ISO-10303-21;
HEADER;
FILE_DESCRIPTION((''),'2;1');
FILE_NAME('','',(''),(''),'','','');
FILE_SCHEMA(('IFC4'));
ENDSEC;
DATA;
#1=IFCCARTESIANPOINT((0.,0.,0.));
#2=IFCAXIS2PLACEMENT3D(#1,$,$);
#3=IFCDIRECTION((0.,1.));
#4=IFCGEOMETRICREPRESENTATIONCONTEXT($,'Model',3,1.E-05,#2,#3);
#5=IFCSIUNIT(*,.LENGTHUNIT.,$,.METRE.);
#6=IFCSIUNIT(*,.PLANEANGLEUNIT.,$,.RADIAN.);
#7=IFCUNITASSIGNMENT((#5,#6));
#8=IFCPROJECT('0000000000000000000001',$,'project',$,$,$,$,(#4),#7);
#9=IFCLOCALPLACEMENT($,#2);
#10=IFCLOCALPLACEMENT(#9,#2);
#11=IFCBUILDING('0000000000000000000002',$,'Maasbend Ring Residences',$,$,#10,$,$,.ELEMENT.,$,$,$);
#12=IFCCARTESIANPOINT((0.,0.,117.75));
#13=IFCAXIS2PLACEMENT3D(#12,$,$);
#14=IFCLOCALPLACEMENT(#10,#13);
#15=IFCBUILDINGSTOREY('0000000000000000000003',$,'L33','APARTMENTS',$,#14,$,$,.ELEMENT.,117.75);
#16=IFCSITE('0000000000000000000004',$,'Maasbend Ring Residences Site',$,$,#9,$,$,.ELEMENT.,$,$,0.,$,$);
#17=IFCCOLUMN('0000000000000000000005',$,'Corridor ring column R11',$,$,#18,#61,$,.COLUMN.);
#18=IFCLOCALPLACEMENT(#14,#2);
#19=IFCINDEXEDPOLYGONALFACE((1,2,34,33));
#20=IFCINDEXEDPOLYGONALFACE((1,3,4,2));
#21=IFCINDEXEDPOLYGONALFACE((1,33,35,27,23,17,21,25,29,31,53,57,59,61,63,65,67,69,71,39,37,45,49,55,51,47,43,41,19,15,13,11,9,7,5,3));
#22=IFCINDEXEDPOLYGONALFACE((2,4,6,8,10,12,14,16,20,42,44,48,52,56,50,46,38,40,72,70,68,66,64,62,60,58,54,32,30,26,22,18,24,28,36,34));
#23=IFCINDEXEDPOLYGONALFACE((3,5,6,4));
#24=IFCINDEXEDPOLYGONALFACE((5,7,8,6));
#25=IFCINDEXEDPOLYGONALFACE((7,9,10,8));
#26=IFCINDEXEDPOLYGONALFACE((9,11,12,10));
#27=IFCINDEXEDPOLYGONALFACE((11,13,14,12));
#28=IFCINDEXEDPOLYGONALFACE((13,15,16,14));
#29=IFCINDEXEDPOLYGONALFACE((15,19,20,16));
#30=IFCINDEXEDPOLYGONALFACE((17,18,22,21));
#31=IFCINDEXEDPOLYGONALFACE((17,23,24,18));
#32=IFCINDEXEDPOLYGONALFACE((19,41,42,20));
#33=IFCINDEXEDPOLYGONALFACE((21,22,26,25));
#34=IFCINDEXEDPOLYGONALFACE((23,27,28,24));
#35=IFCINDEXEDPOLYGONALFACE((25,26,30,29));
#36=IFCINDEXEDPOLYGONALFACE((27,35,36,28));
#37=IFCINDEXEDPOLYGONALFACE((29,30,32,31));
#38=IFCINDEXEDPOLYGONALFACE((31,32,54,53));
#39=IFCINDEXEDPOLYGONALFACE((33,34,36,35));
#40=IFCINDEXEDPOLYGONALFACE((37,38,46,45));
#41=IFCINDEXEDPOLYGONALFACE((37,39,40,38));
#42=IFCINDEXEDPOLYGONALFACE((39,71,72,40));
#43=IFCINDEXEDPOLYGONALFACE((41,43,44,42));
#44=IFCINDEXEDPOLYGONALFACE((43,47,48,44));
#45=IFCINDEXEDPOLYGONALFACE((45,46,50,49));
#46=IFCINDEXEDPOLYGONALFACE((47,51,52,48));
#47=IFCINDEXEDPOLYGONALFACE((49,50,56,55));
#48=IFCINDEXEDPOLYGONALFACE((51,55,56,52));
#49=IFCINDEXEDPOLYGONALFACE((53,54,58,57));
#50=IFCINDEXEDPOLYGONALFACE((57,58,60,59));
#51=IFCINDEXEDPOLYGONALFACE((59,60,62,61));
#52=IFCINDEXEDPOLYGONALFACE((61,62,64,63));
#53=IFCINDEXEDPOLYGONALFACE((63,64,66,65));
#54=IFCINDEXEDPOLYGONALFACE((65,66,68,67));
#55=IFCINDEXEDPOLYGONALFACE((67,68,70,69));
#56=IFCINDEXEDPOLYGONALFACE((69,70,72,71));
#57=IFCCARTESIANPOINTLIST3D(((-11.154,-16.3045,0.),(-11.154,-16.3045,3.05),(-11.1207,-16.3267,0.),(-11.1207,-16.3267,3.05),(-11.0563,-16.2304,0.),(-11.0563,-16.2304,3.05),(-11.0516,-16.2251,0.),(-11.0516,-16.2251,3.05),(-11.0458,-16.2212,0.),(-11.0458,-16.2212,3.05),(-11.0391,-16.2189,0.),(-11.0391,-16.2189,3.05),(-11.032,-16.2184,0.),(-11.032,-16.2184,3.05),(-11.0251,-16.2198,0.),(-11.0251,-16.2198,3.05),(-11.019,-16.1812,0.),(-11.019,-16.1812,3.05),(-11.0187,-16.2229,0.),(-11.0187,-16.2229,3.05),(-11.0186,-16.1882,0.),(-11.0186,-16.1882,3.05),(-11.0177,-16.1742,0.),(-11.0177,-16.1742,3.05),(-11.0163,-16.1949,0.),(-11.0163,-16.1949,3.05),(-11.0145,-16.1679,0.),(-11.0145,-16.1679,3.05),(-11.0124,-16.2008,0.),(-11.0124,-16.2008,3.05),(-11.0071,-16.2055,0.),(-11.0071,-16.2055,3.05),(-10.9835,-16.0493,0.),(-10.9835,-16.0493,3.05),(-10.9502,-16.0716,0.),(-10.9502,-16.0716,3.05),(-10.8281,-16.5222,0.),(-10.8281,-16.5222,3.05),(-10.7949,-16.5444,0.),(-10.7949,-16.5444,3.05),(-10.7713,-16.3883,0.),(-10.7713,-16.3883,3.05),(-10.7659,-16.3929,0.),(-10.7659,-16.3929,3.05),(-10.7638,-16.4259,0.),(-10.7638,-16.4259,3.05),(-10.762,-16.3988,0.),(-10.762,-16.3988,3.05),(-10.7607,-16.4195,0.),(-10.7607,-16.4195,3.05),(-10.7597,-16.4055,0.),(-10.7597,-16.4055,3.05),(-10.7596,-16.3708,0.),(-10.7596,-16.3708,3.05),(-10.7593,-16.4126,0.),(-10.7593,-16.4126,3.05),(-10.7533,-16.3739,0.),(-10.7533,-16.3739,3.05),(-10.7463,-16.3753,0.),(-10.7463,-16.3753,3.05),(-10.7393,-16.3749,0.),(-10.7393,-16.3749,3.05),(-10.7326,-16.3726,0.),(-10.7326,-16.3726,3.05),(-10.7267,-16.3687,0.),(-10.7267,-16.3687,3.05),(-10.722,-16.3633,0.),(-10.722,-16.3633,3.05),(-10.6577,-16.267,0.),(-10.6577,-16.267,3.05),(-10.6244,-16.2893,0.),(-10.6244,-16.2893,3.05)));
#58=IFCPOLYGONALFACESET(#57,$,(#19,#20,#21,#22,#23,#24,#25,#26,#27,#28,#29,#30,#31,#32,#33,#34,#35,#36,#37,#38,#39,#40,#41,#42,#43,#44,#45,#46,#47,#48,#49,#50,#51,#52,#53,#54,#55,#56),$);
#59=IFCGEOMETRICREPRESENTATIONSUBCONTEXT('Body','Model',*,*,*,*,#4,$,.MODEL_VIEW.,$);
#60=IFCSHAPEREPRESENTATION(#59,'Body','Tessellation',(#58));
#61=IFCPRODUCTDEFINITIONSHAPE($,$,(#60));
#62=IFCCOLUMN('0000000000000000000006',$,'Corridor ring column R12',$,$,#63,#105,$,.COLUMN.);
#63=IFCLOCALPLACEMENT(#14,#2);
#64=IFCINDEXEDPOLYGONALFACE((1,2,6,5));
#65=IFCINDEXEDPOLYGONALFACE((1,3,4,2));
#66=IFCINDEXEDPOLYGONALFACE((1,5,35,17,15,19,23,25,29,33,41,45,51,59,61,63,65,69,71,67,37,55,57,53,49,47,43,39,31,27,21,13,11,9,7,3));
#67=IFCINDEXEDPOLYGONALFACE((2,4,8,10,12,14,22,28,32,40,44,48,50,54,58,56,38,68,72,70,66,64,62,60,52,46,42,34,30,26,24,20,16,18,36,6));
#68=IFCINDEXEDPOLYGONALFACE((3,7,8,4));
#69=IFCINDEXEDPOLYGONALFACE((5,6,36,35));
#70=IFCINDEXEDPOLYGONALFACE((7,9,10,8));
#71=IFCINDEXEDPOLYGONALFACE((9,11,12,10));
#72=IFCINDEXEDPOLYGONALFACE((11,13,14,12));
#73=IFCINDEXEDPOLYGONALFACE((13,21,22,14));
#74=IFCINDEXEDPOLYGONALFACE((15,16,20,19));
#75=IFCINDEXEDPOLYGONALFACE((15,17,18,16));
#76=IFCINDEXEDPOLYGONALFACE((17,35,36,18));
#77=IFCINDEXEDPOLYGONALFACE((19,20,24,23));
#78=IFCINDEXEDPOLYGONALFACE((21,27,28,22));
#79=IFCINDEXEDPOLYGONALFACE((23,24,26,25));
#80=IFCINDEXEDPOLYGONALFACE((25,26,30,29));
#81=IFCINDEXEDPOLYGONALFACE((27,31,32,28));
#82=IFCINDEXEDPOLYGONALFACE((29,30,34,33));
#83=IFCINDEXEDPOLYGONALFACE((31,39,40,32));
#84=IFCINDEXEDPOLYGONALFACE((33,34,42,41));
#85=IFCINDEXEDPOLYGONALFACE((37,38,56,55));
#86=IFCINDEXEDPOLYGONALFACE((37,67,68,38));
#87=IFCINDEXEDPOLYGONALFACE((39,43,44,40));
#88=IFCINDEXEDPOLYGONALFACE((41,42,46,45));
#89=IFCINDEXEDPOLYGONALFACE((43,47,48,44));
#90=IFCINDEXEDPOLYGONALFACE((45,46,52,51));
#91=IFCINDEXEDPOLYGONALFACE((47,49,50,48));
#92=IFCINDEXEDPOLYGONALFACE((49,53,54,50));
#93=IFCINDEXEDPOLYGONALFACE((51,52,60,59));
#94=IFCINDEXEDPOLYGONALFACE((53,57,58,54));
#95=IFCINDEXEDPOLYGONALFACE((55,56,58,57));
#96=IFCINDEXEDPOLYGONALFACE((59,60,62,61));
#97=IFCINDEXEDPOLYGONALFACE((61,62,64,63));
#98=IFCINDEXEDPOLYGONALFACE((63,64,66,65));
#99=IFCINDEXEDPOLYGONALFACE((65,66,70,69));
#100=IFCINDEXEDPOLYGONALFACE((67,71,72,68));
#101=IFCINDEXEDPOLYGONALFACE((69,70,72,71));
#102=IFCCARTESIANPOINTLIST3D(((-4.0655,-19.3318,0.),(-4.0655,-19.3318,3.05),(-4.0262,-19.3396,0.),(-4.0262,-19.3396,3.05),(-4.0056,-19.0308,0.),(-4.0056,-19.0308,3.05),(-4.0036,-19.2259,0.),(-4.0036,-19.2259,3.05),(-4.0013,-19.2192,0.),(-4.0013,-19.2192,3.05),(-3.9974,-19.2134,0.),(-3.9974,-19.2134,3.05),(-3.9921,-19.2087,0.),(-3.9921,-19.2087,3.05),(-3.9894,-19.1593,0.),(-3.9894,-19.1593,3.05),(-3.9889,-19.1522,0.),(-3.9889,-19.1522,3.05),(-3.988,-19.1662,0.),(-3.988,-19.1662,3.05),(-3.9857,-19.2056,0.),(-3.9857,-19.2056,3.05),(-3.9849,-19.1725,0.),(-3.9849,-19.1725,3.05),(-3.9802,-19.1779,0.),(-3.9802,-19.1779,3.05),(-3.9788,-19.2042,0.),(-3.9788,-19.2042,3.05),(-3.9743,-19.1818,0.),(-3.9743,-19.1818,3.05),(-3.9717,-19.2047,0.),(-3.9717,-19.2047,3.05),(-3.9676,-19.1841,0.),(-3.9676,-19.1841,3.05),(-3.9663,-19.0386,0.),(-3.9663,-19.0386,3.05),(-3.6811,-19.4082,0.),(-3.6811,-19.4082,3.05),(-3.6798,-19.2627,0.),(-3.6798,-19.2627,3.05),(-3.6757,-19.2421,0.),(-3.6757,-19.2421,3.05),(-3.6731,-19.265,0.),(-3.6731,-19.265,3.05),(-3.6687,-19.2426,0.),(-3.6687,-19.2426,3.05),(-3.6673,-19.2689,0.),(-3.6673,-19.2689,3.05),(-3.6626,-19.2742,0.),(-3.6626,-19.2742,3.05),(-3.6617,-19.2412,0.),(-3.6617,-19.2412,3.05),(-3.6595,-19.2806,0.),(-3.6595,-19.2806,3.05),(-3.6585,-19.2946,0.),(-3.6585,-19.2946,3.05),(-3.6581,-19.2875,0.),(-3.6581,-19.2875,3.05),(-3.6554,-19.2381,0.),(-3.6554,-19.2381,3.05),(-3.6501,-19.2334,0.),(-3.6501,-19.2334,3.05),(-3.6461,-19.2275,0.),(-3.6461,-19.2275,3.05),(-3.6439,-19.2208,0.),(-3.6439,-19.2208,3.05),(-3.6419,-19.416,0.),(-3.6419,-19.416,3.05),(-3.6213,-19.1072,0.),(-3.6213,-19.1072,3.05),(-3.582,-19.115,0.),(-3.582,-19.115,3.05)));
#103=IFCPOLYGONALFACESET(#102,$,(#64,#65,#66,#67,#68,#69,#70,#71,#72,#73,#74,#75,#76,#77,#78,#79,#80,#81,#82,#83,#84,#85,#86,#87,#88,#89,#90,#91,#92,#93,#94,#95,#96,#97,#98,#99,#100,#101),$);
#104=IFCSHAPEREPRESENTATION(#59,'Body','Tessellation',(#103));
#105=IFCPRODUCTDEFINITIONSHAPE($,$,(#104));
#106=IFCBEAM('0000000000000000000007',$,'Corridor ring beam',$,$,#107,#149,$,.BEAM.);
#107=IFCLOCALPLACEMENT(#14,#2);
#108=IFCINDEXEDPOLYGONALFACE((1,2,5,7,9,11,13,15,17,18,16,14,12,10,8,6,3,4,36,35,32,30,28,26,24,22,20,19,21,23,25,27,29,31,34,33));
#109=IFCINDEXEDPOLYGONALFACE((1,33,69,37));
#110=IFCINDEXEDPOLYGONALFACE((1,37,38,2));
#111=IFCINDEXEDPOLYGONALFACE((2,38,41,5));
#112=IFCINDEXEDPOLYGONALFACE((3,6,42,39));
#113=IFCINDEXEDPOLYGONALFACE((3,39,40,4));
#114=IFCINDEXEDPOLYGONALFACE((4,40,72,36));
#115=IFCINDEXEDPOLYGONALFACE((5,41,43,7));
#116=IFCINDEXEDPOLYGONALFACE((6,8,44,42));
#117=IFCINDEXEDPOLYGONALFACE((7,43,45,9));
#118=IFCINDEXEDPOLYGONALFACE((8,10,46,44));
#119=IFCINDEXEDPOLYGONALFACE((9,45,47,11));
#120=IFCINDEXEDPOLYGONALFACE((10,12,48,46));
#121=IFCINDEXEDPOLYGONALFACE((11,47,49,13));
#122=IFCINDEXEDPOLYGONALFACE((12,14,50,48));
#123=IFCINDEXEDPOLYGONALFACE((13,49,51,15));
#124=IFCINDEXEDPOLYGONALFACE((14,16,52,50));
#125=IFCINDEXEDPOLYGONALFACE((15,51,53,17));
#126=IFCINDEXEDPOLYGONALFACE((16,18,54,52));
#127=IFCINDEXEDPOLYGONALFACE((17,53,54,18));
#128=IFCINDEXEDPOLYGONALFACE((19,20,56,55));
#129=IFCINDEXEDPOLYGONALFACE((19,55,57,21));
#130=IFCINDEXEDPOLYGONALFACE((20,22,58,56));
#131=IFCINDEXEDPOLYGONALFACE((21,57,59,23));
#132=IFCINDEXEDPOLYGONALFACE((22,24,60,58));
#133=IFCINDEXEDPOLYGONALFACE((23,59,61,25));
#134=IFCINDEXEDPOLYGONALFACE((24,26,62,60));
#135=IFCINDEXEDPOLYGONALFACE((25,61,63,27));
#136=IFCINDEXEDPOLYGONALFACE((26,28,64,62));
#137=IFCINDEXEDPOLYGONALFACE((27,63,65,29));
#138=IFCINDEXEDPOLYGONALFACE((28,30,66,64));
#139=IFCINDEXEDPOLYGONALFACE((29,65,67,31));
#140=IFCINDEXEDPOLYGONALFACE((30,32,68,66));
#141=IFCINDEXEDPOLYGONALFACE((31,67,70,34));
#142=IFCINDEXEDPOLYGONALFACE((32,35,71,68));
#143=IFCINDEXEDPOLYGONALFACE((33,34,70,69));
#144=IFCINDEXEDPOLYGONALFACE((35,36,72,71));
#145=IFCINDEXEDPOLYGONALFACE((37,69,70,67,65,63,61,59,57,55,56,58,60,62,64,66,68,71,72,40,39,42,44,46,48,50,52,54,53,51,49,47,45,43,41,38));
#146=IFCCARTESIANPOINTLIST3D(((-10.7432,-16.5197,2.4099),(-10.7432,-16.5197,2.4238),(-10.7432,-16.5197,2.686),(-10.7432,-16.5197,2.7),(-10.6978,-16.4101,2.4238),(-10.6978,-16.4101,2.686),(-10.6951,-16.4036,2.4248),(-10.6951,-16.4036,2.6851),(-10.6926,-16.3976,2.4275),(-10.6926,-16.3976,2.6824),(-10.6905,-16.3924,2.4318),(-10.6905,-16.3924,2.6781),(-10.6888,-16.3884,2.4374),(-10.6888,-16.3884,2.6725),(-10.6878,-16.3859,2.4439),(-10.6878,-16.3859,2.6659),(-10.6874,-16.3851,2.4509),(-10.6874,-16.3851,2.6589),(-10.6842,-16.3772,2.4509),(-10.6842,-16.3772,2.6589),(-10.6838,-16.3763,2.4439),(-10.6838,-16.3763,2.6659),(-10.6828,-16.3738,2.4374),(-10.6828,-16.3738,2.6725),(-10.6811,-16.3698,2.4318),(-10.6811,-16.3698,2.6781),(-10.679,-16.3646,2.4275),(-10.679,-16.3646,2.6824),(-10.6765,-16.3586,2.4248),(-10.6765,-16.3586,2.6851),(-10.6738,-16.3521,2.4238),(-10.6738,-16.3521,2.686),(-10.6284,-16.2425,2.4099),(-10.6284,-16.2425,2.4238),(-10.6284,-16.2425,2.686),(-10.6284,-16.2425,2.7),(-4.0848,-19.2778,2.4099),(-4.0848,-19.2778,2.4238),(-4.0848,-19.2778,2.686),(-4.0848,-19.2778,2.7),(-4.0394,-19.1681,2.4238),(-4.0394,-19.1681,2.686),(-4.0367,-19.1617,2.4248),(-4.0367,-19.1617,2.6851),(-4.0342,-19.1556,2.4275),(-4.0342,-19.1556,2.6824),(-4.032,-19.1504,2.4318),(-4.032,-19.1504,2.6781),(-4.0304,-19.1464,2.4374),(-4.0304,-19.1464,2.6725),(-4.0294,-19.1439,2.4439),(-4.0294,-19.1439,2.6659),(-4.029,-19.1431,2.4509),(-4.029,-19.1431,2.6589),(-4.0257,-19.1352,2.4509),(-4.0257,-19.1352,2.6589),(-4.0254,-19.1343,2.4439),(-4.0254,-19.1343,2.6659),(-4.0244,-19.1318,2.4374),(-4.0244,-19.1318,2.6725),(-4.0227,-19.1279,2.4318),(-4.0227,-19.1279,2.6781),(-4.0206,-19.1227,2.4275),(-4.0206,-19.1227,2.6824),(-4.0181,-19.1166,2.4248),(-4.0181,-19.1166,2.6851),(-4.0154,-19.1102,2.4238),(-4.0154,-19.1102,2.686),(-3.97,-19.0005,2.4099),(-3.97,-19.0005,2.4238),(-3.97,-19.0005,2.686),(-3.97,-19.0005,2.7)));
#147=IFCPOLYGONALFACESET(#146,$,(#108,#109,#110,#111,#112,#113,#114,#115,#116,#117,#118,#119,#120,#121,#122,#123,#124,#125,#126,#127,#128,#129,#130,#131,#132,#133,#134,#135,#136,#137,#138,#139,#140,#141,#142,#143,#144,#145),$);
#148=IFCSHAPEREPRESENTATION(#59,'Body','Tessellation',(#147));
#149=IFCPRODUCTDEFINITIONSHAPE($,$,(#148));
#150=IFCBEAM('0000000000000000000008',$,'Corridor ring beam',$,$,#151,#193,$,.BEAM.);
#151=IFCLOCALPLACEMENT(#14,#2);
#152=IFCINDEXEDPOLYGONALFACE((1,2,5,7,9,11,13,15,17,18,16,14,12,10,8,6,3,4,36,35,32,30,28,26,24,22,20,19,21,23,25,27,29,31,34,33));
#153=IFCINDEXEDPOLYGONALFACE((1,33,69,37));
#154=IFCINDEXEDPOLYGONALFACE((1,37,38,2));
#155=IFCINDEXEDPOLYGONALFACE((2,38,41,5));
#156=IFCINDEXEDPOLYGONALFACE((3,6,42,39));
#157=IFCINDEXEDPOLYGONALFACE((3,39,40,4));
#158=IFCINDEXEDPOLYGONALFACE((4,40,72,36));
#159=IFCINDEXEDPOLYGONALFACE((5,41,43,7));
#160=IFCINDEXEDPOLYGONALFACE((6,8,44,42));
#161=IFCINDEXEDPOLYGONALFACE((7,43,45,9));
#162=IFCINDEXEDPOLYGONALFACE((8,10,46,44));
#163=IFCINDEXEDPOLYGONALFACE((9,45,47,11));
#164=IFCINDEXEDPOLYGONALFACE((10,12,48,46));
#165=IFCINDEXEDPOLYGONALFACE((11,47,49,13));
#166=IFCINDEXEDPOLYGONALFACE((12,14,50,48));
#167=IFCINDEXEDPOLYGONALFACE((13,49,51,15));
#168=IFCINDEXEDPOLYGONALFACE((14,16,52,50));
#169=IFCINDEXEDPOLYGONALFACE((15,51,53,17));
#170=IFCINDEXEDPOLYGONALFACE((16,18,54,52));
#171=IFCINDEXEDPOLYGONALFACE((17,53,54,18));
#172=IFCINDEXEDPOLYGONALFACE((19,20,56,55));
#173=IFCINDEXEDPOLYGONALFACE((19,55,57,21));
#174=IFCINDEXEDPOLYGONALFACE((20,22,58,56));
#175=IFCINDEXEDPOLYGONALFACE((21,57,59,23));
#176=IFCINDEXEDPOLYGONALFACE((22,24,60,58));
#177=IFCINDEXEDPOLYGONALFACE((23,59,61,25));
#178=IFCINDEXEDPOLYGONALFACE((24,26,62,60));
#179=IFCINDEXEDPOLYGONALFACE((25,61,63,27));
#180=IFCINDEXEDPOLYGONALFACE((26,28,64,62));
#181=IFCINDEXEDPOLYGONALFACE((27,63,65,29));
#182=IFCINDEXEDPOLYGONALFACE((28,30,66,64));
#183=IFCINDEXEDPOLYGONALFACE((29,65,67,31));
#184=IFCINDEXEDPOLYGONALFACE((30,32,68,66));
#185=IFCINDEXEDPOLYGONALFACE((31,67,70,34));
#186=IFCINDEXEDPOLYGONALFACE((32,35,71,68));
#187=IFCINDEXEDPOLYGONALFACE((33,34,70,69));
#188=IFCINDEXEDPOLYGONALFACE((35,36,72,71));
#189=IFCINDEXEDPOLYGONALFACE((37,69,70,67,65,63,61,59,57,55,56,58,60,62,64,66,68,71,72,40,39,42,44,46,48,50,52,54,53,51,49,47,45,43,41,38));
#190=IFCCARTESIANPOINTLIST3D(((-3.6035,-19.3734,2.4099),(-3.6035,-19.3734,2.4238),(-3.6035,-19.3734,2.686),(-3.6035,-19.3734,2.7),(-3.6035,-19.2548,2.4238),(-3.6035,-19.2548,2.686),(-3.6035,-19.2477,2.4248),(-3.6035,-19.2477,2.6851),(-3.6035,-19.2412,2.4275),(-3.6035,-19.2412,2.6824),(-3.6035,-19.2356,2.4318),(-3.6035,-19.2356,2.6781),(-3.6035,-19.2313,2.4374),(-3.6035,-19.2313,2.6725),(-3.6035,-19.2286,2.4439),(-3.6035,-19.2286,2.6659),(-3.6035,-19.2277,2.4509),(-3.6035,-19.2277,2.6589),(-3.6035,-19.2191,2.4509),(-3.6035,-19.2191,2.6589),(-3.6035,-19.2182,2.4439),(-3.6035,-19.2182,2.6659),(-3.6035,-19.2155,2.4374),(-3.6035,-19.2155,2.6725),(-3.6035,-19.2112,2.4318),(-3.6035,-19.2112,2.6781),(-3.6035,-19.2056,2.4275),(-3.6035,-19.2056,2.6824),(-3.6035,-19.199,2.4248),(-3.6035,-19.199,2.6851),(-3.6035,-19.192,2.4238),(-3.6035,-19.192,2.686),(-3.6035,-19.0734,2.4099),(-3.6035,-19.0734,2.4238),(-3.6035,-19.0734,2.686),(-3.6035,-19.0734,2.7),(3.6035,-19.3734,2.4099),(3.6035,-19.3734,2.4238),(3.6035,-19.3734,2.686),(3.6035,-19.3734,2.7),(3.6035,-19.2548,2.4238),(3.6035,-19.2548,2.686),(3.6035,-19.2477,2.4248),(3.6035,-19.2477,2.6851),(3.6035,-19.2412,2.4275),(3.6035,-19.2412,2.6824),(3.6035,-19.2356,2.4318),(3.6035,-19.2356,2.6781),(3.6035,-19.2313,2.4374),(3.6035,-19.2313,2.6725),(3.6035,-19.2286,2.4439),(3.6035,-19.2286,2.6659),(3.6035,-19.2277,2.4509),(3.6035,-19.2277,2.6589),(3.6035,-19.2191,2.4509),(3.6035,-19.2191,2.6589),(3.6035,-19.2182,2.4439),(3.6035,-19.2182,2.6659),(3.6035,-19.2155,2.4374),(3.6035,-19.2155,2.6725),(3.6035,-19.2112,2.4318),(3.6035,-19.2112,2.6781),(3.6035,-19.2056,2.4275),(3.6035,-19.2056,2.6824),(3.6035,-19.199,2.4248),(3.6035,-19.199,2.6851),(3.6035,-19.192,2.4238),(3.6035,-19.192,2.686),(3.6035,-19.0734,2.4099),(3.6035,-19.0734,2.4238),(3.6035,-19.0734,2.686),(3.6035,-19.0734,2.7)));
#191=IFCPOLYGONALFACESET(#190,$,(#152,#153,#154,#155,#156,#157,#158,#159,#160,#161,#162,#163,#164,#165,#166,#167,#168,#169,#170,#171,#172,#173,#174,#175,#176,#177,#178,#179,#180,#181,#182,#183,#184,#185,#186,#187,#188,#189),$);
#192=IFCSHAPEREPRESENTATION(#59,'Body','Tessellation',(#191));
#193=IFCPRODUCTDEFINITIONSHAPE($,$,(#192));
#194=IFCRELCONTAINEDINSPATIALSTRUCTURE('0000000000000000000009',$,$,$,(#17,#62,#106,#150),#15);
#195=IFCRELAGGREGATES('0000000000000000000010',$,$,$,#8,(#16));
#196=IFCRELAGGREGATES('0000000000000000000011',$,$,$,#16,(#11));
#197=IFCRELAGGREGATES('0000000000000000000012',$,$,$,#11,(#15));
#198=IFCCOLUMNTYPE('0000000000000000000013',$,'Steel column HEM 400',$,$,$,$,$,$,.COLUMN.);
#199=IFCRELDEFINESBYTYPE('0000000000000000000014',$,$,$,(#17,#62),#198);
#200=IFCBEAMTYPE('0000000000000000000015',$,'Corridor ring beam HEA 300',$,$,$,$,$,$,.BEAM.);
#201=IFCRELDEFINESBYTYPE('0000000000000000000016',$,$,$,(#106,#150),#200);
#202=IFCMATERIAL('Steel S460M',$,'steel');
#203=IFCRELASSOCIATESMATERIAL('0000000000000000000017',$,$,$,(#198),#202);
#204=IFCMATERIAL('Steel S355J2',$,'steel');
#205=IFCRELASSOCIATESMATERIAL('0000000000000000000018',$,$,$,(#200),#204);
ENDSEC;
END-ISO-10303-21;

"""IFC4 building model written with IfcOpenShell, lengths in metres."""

from ifc_helpers import new_model, si_unit, direction, frame, origin, origin_2d, place, context, subcontext, project, spatial, i_section, extrude, material, material_profile, profile_set, type_object, element, save


model = new_model("IFC4")

# Units and contexts
model_context = context("Model", 3, precision=1e-05, world=origin(), true_north=direction((0.0, 1.0)))
body_context = subcontext(model_context, "Body", "Model", "MODEL_VIEW")
ifc_project = project(units=[si_unit("LENGTHUNIT", "METRE"), si_unit("PLANEANGLEUNIT", "RADIAN")], contexts=[model_context])

# Site, building, storey
site_placement = place(None, origin())
site = spatial("IfcSite", under=ifc_project, at=site_placement, Name="Maasbend Ring Residences Site", CompositionType="ELEMENT", RefElevation=0.0)
building_placement = place(site_placement, origin())
building = spatial("IfcBuilding", under=site, at=building_placement, Name="Maasbend Ring Residences", CompositionType="ELEMENT")
storey_placement = place(building_placement, frame((0.0, 0.0, 117.75)))
storey = spatial("IfcBuildingStorey", under=building, at=storey_placement, Name="L33", Description="APARTMENTS", CompositionType="ELEMENT", Elevation=117.75)

# Columns
ifc_material_1 = material(Name="Steel S460M", Category="steel")
ifc_material_profile_1 = material_profile(ifc_material_1, i_section(OverallWidth=0.3069, OverallDepth=0.4319, WebThickness=0.021, FlangeThickness=0.04, FilletRadius=0.0271, at=origin_2d()), Name="HEM 400")
ifc_profile_set_1 = profile_set([ifc_material_profile_1], Name="Steel S460M")
column_type = type_object("IfcColumnType", Name="Steel column HEM 400", PredefinedType="COLUMN", material=ifc_profile_set_1)
for number, where, z_axis, x_axis, name in (
    (1, (-10.8892, -16.2969, 0.0), (0.0, 0.0, 1.0), (-0.55557, -0.83147, 0.0), "Corridor ring column R11"),
    (2, (-3.8237, -19.2234, 0.0), (0.0, 0.0, 1.0), (-0.19509, -0.980785, 0.0), "Corridor ring column R12"),
):
    element("IfcColumn", number, at=place(storey_placement, frame(where, z_axis=z_axis, x_axis=x_axis)), inside=storey, type_object=column_type, Name=name, PredefinedType="COLUMN", context=body_context, shape_type="SweptSolid", body=[
        extrude(i_section(OverallWidth=0.3069, OverallDepth=0.4319, WebThickness=0.021, FlangeThickness=0.04, FilletRadius=0.0271, at=origin_2d()), origin(), (0.0, 0.0, 1.0), 3.05),
    ])

# Beams
ifc_material_2 = material(Name="Steel S355J2", Category="steel")
ifc_material_profile_2 = material_profile(ifc_material_2, i_section(OverallWidth=0.3, OverallDepth=0.29, WebThickness=0.0085, FlangeThickness=0.0139, FilletRadius=0.0271, at=origin_2d()), Name="HEA 300")
ifc_profile_set_2 = profile_set([ifc_material_profile_2], Name="Steel S355J2")
beam_type = type_object("IfcBeamType", Name="Corridor ring beam HEA 300", PredefinedType="BEAM", material=ifc_profile_set_2)
for number, where, z_axis, x_axis, name in (
    (3, (-10.6858, -16.3811, 2.5549), (0.923878, -0.382688, 0.0), (0.382688, 0.923878, 0.0), "Corridor ring beam"),
    (4, (-3.6035, -19.2234, 2.5549), (1.0, 0.0, 0.0), (0.0, 1.0, 0.0), "Corridor ring beam"),
):
    element("IfcBeam", number, at=place(storey_placement, frame(where, z_axis=z_axis, x_axis=x_axis)), inside=storey, type_object=beam_type, Name=name, PredefinedType="BEAM", context=body_context, shape_type="SweptSolid", body=[
        extrude(i_section(OverallWidth=0.3, OverallDepth=0.29, WebThickness=0.0085, FlangeThickness=0.0139, FilletRadius=0.0271, at=origin_2d()), origin(), (0.0, 0.0, 1.0), 7.207),
    ])

save(model, "model.ifc")
